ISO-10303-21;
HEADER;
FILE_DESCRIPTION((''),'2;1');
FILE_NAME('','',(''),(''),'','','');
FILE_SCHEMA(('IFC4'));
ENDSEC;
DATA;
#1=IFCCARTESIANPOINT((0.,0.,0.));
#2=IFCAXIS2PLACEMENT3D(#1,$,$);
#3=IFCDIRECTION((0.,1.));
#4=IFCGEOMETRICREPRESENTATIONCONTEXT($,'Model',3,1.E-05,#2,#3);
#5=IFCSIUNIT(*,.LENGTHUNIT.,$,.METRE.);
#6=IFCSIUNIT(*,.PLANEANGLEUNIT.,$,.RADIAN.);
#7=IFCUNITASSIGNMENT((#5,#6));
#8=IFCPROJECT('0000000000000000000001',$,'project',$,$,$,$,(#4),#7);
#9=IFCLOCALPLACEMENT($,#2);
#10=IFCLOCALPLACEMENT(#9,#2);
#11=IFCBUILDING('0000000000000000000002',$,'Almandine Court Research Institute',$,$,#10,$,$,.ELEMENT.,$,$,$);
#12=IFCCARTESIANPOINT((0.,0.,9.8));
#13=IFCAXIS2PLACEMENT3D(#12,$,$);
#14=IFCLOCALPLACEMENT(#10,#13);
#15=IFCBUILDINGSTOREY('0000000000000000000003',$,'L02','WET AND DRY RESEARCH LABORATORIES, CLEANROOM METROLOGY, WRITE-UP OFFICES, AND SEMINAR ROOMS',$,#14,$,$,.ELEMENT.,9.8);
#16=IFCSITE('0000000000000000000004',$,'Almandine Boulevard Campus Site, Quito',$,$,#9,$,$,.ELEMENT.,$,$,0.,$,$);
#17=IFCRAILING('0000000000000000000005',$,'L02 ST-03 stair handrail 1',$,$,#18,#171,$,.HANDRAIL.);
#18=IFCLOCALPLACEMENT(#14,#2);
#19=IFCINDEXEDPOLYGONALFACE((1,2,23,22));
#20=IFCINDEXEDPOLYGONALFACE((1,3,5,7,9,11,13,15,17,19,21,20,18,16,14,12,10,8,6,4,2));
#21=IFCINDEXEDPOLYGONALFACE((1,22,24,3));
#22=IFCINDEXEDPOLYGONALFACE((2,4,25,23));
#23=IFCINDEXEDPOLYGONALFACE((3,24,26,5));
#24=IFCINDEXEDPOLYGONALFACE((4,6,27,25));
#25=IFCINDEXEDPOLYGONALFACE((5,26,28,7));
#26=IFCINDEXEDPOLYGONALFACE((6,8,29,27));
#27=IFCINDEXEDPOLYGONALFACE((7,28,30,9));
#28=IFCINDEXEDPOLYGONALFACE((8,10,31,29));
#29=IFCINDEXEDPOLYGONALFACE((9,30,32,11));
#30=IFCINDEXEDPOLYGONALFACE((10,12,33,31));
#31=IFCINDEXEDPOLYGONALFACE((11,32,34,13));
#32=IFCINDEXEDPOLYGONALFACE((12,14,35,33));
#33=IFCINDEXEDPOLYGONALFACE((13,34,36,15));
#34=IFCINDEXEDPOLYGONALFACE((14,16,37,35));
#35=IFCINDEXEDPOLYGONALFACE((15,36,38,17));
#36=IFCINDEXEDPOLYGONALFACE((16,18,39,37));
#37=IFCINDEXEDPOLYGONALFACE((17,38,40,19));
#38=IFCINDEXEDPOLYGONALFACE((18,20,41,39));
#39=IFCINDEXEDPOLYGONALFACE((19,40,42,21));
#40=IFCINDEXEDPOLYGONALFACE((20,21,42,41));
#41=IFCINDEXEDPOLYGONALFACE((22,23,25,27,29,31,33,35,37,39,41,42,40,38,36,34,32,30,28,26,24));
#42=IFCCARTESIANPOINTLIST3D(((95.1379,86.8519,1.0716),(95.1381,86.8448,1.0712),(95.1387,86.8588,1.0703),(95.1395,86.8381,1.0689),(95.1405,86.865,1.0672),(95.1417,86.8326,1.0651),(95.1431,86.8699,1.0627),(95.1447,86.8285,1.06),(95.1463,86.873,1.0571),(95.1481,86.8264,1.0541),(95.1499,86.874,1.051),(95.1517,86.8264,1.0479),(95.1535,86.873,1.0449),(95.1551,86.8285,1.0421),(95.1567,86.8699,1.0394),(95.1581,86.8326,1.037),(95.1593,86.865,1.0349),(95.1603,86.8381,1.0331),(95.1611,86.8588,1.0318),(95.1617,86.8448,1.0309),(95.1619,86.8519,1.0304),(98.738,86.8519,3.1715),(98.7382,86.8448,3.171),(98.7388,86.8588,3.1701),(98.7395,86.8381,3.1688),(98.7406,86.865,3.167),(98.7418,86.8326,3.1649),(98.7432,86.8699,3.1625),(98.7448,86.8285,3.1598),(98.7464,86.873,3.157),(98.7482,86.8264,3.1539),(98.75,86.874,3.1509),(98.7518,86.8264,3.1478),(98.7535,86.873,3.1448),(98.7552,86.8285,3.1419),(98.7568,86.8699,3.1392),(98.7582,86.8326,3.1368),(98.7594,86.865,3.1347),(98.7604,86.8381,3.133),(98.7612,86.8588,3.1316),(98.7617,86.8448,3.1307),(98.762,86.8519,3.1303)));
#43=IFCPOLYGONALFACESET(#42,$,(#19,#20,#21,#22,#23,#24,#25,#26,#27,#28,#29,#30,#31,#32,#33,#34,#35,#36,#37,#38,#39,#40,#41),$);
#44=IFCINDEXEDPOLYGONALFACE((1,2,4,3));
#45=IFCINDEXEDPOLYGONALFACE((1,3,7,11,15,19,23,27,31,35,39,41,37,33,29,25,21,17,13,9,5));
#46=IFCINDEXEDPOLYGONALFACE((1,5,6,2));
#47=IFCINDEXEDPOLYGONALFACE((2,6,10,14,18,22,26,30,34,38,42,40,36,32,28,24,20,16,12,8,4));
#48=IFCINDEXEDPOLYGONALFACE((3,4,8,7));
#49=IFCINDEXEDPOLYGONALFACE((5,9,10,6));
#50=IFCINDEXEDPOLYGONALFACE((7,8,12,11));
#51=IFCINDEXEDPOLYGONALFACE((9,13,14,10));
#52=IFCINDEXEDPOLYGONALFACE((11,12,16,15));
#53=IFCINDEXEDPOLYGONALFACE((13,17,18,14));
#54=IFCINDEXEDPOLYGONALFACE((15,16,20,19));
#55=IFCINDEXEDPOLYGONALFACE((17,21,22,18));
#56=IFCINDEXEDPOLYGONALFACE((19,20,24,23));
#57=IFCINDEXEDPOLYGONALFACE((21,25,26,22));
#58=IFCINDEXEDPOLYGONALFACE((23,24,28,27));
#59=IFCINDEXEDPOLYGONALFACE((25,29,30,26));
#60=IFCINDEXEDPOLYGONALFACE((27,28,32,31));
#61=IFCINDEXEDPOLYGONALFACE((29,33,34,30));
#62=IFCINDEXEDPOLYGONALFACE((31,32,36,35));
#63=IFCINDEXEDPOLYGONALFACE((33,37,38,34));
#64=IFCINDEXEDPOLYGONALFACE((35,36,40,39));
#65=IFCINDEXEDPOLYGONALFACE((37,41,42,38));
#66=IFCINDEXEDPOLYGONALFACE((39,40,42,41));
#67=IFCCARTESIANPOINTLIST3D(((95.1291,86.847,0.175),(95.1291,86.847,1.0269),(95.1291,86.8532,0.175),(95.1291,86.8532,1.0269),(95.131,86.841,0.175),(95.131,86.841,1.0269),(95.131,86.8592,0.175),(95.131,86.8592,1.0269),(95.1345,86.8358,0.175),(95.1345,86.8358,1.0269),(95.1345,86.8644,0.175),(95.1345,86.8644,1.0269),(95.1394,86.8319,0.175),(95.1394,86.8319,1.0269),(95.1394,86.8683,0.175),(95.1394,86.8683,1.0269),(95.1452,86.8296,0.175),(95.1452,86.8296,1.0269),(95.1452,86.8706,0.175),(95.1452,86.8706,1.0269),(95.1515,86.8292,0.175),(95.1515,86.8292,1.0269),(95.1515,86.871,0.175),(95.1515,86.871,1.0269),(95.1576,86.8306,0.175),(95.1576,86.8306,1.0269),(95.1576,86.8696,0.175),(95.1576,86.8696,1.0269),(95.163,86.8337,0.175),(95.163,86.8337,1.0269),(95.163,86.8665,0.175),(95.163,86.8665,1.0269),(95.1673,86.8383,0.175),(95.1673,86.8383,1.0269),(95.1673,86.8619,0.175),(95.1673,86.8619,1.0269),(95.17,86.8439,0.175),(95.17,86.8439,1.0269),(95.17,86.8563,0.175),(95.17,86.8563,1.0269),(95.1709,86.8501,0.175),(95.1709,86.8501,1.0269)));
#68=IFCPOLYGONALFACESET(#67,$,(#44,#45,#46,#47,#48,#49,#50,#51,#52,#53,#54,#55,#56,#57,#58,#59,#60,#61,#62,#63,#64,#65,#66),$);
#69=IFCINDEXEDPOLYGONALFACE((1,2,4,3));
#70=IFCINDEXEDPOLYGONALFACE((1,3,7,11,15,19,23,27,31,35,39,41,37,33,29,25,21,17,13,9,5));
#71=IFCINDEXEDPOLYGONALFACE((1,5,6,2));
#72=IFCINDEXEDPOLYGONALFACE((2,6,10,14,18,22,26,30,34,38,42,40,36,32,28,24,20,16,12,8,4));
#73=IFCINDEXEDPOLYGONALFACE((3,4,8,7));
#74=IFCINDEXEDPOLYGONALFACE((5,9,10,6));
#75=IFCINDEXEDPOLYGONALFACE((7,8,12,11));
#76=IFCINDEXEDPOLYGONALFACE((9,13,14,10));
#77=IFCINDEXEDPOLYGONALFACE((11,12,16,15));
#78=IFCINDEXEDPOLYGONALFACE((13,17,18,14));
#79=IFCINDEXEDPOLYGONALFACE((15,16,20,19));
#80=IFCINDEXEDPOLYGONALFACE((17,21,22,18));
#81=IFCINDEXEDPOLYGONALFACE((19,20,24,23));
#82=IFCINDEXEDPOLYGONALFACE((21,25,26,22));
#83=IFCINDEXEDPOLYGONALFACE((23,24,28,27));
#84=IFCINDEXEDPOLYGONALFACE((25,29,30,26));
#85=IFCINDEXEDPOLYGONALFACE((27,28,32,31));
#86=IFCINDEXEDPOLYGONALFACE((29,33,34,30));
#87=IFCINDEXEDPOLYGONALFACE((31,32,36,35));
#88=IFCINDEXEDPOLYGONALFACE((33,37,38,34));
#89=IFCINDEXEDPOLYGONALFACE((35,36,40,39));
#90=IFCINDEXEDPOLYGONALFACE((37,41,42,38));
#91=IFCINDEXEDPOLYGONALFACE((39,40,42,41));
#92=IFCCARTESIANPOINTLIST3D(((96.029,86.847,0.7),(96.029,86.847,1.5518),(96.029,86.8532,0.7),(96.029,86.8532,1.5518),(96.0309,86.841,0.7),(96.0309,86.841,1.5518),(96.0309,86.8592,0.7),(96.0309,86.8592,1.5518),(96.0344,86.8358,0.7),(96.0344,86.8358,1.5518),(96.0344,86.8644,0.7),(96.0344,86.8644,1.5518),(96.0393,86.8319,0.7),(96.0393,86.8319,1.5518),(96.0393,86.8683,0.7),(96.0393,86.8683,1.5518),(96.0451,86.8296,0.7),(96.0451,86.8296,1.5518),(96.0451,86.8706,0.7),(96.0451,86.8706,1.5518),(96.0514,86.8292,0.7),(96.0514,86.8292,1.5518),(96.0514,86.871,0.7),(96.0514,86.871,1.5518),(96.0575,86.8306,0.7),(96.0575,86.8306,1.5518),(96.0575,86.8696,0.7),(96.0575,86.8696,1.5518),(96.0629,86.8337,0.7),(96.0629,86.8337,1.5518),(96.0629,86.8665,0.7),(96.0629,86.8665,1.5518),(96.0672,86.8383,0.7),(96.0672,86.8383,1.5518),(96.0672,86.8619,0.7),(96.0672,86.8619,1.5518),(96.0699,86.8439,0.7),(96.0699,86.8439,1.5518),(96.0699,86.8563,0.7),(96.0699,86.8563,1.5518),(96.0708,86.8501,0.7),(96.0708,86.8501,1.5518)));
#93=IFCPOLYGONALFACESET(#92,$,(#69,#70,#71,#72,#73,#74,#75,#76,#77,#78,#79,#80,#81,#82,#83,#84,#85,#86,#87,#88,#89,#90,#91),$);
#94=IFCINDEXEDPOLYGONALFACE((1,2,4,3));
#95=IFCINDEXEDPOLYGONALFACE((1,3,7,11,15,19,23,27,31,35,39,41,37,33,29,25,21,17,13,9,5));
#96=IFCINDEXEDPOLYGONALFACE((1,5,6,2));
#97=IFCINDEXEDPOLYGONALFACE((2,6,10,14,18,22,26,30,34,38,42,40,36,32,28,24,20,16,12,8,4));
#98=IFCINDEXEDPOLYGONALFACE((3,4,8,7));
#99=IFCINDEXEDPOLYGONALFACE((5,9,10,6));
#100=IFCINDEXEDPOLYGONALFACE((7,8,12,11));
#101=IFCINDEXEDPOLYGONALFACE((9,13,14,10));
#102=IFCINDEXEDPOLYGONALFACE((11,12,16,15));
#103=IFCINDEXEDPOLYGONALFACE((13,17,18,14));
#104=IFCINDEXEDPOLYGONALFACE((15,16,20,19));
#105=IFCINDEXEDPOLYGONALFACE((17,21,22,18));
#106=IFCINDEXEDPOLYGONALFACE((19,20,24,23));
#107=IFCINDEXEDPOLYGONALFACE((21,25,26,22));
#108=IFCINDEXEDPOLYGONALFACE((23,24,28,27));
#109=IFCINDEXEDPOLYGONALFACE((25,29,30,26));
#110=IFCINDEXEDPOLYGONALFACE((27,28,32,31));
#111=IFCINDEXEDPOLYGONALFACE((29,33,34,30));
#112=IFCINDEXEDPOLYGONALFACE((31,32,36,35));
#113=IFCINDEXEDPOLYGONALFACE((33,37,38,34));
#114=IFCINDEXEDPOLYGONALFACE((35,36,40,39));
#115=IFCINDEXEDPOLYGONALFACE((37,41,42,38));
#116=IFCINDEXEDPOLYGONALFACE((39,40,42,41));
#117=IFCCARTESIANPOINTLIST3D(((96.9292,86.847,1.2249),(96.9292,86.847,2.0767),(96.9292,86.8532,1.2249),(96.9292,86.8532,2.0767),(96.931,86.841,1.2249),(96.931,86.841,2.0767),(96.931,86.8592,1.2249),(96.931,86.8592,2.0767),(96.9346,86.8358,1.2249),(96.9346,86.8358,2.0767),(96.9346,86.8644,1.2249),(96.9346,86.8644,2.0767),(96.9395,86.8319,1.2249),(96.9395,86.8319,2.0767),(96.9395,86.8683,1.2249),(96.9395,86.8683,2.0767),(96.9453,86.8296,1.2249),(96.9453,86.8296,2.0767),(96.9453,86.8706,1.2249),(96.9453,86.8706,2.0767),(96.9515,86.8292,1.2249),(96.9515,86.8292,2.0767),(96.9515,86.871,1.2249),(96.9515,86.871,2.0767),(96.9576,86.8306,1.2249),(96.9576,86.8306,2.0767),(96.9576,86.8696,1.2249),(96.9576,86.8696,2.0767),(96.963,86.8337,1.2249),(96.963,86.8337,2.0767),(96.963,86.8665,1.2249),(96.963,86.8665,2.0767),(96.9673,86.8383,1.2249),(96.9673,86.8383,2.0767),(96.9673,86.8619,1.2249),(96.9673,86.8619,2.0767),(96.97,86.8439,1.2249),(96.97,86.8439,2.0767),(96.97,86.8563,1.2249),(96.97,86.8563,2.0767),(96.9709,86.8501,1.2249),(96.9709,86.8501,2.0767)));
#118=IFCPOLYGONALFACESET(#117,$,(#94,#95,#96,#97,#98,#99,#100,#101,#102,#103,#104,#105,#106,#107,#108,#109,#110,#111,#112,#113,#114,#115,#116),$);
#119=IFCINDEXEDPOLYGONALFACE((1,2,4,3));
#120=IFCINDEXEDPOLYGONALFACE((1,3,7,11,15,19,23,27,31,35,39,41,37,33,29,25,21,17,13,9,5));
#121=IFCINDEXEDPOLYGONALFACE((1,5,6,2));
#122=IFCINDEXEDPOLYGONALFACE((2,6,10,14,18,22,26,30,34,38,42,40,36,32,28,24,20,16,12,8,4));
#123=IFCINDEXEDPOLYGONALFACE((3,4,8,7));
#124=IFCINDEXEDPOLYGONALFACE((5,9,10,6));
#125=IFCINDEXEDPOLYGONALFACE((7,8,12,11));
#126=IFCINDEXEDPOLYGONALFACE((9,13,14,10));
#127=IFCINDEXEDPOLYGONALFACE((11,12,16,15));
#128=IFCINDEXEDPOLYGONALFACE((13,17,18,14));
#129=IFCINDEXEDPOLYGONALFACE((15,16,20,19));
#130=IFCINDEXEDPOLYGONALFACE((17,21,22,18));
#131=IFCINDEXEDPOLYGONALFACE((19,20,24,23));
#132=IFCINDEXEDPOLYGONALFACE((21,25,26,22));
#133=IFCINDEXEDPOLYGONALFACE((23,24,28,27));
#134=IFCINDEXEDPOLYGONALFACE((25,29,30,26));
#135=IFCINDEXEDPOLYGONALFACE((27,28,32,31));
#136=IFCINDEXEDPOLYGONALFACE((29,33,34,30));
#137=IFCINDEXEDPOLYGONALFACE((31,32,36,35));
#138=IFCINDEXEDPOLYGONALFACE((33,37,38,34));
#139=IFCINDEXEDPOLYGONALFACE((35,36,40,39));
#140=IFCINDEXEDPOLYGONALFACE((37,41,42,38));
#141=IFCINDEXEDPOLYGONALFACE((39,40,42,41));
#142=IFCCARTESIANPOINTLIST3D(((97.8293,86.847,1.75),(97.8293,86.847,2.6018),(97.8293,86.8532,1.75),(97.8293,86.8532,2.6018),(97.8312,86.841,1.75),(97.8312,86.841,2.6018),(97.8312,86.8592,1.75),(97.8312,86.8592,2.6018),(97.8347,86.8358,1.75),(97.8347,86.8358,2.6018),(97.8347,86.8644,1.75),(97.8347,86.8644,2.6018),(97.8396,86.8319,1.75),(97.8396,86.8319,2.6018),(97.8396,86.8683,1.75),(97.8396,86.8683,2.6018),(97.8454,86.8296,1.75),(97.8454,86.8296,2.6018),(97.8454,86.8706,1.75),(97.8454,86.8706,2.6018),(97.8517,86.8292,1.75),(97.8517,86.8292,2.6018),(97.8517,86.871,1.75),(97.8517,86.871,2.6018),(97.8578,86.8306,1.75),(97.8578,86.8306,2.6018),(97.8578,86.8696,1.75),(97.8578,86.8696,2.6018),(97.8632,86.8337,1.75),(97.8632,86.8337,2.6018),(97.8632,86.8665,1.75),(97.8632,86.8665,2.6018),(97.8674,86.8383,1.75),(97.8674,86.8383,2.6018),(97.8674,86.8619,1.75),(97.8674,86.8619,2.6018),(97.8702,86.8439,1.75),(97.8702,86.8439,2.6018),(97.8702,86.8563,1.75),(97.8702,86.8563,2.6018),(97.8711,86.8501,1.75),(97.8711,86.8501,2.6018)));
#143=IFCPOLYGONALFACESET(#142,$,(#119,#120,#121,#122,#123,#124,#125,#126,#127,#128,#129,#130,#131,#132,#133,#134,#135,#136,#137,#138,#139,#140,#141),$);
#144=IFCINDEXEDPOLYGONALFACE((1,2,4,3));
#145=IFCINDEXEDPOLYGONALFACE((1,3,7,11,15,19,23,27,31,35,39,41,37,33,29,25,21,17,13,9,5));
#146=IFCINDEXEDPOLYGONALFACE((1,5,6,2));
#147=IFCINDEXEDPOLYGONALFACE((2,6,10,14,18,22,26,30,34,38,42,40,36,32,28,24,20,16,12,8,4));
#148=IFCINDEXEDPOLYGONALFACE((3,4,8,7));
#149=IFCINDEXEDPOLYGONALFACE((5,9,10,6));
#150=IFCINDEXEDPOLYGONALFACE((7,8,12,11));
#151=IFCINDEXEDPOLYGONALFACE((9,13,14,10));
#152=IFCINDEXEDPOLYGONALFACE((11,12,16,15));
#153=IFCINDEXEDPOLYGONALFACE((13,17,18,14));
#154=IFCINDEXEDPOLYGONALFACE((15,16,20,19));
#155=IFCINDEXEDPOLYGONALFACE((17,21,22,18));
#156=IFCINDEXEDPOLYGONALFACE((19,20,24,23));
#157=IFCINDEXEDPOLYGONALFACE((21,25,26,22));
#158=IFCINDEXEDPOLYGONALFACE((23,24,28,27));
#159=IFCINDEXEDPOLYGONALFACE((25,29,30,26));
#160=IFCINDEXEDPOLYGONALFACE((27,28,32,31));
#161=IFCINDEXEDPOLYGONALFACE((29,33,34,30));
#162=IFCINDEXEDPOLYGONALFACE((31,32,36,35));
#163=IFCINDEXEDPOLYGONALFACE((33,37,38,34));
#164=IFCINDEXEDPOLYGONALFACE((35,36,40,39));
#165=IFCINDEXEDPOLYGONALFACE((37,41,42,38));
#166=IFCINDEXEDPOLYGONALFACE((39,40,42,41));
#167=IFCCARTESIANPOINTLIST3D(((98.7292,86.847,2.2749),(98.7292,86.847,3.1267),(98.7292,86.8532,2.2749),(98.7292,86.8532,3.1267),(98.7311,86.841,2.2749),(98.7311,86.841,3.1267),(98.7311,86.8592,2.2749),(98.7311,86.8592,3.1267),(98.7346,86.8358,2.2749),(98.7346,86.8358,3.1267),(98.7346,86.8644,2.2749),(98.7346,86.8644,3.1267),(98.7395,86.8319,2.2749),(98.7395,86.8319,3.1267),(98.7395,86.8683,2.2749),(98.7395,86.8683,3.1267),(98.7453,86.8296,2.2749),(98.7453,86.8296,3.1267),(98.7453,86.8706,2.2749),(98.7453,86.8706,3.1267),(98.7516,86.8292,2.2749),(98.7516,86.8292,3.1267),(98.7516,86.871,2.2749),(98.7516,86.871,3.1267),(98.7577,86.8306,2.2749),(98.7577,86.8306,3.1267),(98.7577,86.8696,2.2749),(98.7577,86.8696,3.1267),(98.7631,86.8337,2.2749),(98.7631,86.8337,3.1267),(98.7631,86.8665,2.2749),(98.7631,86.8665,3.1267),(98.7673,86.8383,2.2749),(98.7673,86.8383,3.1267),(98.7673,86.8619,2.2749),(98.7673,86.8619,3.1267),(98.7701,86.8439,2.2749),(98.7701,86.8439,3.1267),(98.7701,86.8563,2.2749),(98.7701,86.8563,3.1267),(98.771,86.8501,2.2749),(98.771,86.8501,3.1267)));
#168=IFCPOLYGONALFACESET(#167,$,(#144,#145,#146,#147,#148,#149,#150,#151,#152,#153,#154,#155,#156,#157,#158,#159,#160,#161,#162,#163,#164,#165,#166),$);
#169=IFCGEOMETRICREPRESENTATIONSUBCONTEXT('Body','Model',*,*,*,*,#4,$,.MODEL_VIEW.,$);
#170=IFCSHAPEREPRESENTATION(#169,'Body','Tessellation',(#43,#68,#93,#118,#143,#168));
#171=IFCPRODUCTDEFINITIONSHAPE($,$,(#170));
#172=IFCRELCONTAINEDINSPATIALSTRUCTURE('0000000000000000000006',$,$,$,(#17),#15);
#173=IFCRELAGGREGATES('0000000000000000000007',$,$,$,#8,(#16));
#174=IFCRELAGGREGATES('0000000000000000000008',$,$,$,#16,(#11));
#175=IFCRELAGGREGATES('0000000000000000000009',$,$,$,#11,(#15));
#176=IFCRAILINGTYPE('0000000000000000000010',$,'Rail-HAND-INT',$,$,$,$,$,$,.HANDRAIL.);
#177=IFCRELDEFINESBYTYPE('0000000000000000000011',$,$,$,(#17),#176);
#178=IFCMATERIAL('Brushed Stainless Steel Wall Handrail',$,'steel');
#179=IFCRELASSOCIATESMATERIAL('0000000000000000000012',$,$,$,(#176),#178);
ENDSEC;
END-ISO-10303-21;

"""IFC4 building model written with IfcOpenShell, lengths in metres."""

from ifc_helpers import new_model, si_unit, direction, frame, origin, origin_2d, place, context, subcontext, project, spatial, circle, extrude, material, type_object, element, save


model = new_model("IFC4")

# Units and contexts
model_context = context("Model", 3, precision=1e-05, world=origin(), true_north=direction((0.0, 1.0)))
body_context = subcontext(model_context, "Body", "Model", "MODEL_VIEW")
ifc_project = project(units=[si_unit("LENGTHUNIT", "METRE"), si_unit("PLANEANGLEUNIT", "RADIAN")], contexts=[model_context])

# Site, building, storey
site_placement = place(None, origin())
site = spatial("IfcSite", under=ifc_project, at=site_placement, Name="Almandine Boulevard Campus Site, Quito", CompositionType="ELEMENT", RefElevation=0.0)
building_placement = place(site_placement, origin())
building = spatial("IfcBuilding", under=site, at=building_placement, Name="Almandine Court Research Institute", CompositionType="ELEMENT")
storey_placement = place(building_placement, frame((0.0, 0.0, 9.8)))
storey = spatial("IfcBuildingStorey", under=building, at=storey_placement, Name="L02", Description="WET AND DRY RESEARCH LABORATORIES, CLEANROOM METROLOGY, WRITE-UP OFFICES, AND SEMINAR ROOMS", CompositionType="ELEMENT", Elevation=9.8)

# Railing
ifc_material_1 = material(Name="Brushed Stainless Steel Wall Handrail", Category="steel")
railing_type_1 = type_object("IfcRailingType", Name="Rail-HAND-INT", PredefinedType="HANDRAIL", material=ifc_material_1)
railing_1_placement = place(storey_placement, frame((95.1499, 86.8501, 0.175)))
element("IfcRailing", 1, at=railing_1_placement, inside=storey, type_object=railing_type_1, Name="L02 ST-03 stair handrail 1", PredefinedType="HANDRAIL", context=body_context, shape_type="SweptSolid", body=[
    extrude(circle(Radius=0.0239, at=origin_2d()), frame((0.0, 0.0, 0.876), z_axis=(0.8638, 0.0, 0.503835), x_axis=(0.0, 1.0, 0.0)), (0.0, 0.0, 1.0), 4.1677),
    extrude(circle(Radius=0.021, at=origin_2d()), origin(), (0.0, 0.0, 1.0), 0.8518),
    extrude(circle(Radius=0.021, at=origin_2d()), frame((0.8999, 0.0, 0.5249)), (0.0, 0.0, 1.0), 0.8518),
    extrude(circle(Radius=0.021, at=origin_2d()), frame((1.8, 0.0, 1.0498)), (0.0, 0.0, 1.0), 0.8518),
    extrude(circle(Radius=0.021, at=origin_2d()), frame((2.7002, 0.0, 1.575)), (0.0, 0.0, 1.0), 0.8518),
    extrude(circle(Radius=0.021, at=origin_2d()), frame((3.6001, 0.0, 2.0999)), (0.0, 0.0, 1.0), 0.8518),
])

save(model, "model.ifc")
